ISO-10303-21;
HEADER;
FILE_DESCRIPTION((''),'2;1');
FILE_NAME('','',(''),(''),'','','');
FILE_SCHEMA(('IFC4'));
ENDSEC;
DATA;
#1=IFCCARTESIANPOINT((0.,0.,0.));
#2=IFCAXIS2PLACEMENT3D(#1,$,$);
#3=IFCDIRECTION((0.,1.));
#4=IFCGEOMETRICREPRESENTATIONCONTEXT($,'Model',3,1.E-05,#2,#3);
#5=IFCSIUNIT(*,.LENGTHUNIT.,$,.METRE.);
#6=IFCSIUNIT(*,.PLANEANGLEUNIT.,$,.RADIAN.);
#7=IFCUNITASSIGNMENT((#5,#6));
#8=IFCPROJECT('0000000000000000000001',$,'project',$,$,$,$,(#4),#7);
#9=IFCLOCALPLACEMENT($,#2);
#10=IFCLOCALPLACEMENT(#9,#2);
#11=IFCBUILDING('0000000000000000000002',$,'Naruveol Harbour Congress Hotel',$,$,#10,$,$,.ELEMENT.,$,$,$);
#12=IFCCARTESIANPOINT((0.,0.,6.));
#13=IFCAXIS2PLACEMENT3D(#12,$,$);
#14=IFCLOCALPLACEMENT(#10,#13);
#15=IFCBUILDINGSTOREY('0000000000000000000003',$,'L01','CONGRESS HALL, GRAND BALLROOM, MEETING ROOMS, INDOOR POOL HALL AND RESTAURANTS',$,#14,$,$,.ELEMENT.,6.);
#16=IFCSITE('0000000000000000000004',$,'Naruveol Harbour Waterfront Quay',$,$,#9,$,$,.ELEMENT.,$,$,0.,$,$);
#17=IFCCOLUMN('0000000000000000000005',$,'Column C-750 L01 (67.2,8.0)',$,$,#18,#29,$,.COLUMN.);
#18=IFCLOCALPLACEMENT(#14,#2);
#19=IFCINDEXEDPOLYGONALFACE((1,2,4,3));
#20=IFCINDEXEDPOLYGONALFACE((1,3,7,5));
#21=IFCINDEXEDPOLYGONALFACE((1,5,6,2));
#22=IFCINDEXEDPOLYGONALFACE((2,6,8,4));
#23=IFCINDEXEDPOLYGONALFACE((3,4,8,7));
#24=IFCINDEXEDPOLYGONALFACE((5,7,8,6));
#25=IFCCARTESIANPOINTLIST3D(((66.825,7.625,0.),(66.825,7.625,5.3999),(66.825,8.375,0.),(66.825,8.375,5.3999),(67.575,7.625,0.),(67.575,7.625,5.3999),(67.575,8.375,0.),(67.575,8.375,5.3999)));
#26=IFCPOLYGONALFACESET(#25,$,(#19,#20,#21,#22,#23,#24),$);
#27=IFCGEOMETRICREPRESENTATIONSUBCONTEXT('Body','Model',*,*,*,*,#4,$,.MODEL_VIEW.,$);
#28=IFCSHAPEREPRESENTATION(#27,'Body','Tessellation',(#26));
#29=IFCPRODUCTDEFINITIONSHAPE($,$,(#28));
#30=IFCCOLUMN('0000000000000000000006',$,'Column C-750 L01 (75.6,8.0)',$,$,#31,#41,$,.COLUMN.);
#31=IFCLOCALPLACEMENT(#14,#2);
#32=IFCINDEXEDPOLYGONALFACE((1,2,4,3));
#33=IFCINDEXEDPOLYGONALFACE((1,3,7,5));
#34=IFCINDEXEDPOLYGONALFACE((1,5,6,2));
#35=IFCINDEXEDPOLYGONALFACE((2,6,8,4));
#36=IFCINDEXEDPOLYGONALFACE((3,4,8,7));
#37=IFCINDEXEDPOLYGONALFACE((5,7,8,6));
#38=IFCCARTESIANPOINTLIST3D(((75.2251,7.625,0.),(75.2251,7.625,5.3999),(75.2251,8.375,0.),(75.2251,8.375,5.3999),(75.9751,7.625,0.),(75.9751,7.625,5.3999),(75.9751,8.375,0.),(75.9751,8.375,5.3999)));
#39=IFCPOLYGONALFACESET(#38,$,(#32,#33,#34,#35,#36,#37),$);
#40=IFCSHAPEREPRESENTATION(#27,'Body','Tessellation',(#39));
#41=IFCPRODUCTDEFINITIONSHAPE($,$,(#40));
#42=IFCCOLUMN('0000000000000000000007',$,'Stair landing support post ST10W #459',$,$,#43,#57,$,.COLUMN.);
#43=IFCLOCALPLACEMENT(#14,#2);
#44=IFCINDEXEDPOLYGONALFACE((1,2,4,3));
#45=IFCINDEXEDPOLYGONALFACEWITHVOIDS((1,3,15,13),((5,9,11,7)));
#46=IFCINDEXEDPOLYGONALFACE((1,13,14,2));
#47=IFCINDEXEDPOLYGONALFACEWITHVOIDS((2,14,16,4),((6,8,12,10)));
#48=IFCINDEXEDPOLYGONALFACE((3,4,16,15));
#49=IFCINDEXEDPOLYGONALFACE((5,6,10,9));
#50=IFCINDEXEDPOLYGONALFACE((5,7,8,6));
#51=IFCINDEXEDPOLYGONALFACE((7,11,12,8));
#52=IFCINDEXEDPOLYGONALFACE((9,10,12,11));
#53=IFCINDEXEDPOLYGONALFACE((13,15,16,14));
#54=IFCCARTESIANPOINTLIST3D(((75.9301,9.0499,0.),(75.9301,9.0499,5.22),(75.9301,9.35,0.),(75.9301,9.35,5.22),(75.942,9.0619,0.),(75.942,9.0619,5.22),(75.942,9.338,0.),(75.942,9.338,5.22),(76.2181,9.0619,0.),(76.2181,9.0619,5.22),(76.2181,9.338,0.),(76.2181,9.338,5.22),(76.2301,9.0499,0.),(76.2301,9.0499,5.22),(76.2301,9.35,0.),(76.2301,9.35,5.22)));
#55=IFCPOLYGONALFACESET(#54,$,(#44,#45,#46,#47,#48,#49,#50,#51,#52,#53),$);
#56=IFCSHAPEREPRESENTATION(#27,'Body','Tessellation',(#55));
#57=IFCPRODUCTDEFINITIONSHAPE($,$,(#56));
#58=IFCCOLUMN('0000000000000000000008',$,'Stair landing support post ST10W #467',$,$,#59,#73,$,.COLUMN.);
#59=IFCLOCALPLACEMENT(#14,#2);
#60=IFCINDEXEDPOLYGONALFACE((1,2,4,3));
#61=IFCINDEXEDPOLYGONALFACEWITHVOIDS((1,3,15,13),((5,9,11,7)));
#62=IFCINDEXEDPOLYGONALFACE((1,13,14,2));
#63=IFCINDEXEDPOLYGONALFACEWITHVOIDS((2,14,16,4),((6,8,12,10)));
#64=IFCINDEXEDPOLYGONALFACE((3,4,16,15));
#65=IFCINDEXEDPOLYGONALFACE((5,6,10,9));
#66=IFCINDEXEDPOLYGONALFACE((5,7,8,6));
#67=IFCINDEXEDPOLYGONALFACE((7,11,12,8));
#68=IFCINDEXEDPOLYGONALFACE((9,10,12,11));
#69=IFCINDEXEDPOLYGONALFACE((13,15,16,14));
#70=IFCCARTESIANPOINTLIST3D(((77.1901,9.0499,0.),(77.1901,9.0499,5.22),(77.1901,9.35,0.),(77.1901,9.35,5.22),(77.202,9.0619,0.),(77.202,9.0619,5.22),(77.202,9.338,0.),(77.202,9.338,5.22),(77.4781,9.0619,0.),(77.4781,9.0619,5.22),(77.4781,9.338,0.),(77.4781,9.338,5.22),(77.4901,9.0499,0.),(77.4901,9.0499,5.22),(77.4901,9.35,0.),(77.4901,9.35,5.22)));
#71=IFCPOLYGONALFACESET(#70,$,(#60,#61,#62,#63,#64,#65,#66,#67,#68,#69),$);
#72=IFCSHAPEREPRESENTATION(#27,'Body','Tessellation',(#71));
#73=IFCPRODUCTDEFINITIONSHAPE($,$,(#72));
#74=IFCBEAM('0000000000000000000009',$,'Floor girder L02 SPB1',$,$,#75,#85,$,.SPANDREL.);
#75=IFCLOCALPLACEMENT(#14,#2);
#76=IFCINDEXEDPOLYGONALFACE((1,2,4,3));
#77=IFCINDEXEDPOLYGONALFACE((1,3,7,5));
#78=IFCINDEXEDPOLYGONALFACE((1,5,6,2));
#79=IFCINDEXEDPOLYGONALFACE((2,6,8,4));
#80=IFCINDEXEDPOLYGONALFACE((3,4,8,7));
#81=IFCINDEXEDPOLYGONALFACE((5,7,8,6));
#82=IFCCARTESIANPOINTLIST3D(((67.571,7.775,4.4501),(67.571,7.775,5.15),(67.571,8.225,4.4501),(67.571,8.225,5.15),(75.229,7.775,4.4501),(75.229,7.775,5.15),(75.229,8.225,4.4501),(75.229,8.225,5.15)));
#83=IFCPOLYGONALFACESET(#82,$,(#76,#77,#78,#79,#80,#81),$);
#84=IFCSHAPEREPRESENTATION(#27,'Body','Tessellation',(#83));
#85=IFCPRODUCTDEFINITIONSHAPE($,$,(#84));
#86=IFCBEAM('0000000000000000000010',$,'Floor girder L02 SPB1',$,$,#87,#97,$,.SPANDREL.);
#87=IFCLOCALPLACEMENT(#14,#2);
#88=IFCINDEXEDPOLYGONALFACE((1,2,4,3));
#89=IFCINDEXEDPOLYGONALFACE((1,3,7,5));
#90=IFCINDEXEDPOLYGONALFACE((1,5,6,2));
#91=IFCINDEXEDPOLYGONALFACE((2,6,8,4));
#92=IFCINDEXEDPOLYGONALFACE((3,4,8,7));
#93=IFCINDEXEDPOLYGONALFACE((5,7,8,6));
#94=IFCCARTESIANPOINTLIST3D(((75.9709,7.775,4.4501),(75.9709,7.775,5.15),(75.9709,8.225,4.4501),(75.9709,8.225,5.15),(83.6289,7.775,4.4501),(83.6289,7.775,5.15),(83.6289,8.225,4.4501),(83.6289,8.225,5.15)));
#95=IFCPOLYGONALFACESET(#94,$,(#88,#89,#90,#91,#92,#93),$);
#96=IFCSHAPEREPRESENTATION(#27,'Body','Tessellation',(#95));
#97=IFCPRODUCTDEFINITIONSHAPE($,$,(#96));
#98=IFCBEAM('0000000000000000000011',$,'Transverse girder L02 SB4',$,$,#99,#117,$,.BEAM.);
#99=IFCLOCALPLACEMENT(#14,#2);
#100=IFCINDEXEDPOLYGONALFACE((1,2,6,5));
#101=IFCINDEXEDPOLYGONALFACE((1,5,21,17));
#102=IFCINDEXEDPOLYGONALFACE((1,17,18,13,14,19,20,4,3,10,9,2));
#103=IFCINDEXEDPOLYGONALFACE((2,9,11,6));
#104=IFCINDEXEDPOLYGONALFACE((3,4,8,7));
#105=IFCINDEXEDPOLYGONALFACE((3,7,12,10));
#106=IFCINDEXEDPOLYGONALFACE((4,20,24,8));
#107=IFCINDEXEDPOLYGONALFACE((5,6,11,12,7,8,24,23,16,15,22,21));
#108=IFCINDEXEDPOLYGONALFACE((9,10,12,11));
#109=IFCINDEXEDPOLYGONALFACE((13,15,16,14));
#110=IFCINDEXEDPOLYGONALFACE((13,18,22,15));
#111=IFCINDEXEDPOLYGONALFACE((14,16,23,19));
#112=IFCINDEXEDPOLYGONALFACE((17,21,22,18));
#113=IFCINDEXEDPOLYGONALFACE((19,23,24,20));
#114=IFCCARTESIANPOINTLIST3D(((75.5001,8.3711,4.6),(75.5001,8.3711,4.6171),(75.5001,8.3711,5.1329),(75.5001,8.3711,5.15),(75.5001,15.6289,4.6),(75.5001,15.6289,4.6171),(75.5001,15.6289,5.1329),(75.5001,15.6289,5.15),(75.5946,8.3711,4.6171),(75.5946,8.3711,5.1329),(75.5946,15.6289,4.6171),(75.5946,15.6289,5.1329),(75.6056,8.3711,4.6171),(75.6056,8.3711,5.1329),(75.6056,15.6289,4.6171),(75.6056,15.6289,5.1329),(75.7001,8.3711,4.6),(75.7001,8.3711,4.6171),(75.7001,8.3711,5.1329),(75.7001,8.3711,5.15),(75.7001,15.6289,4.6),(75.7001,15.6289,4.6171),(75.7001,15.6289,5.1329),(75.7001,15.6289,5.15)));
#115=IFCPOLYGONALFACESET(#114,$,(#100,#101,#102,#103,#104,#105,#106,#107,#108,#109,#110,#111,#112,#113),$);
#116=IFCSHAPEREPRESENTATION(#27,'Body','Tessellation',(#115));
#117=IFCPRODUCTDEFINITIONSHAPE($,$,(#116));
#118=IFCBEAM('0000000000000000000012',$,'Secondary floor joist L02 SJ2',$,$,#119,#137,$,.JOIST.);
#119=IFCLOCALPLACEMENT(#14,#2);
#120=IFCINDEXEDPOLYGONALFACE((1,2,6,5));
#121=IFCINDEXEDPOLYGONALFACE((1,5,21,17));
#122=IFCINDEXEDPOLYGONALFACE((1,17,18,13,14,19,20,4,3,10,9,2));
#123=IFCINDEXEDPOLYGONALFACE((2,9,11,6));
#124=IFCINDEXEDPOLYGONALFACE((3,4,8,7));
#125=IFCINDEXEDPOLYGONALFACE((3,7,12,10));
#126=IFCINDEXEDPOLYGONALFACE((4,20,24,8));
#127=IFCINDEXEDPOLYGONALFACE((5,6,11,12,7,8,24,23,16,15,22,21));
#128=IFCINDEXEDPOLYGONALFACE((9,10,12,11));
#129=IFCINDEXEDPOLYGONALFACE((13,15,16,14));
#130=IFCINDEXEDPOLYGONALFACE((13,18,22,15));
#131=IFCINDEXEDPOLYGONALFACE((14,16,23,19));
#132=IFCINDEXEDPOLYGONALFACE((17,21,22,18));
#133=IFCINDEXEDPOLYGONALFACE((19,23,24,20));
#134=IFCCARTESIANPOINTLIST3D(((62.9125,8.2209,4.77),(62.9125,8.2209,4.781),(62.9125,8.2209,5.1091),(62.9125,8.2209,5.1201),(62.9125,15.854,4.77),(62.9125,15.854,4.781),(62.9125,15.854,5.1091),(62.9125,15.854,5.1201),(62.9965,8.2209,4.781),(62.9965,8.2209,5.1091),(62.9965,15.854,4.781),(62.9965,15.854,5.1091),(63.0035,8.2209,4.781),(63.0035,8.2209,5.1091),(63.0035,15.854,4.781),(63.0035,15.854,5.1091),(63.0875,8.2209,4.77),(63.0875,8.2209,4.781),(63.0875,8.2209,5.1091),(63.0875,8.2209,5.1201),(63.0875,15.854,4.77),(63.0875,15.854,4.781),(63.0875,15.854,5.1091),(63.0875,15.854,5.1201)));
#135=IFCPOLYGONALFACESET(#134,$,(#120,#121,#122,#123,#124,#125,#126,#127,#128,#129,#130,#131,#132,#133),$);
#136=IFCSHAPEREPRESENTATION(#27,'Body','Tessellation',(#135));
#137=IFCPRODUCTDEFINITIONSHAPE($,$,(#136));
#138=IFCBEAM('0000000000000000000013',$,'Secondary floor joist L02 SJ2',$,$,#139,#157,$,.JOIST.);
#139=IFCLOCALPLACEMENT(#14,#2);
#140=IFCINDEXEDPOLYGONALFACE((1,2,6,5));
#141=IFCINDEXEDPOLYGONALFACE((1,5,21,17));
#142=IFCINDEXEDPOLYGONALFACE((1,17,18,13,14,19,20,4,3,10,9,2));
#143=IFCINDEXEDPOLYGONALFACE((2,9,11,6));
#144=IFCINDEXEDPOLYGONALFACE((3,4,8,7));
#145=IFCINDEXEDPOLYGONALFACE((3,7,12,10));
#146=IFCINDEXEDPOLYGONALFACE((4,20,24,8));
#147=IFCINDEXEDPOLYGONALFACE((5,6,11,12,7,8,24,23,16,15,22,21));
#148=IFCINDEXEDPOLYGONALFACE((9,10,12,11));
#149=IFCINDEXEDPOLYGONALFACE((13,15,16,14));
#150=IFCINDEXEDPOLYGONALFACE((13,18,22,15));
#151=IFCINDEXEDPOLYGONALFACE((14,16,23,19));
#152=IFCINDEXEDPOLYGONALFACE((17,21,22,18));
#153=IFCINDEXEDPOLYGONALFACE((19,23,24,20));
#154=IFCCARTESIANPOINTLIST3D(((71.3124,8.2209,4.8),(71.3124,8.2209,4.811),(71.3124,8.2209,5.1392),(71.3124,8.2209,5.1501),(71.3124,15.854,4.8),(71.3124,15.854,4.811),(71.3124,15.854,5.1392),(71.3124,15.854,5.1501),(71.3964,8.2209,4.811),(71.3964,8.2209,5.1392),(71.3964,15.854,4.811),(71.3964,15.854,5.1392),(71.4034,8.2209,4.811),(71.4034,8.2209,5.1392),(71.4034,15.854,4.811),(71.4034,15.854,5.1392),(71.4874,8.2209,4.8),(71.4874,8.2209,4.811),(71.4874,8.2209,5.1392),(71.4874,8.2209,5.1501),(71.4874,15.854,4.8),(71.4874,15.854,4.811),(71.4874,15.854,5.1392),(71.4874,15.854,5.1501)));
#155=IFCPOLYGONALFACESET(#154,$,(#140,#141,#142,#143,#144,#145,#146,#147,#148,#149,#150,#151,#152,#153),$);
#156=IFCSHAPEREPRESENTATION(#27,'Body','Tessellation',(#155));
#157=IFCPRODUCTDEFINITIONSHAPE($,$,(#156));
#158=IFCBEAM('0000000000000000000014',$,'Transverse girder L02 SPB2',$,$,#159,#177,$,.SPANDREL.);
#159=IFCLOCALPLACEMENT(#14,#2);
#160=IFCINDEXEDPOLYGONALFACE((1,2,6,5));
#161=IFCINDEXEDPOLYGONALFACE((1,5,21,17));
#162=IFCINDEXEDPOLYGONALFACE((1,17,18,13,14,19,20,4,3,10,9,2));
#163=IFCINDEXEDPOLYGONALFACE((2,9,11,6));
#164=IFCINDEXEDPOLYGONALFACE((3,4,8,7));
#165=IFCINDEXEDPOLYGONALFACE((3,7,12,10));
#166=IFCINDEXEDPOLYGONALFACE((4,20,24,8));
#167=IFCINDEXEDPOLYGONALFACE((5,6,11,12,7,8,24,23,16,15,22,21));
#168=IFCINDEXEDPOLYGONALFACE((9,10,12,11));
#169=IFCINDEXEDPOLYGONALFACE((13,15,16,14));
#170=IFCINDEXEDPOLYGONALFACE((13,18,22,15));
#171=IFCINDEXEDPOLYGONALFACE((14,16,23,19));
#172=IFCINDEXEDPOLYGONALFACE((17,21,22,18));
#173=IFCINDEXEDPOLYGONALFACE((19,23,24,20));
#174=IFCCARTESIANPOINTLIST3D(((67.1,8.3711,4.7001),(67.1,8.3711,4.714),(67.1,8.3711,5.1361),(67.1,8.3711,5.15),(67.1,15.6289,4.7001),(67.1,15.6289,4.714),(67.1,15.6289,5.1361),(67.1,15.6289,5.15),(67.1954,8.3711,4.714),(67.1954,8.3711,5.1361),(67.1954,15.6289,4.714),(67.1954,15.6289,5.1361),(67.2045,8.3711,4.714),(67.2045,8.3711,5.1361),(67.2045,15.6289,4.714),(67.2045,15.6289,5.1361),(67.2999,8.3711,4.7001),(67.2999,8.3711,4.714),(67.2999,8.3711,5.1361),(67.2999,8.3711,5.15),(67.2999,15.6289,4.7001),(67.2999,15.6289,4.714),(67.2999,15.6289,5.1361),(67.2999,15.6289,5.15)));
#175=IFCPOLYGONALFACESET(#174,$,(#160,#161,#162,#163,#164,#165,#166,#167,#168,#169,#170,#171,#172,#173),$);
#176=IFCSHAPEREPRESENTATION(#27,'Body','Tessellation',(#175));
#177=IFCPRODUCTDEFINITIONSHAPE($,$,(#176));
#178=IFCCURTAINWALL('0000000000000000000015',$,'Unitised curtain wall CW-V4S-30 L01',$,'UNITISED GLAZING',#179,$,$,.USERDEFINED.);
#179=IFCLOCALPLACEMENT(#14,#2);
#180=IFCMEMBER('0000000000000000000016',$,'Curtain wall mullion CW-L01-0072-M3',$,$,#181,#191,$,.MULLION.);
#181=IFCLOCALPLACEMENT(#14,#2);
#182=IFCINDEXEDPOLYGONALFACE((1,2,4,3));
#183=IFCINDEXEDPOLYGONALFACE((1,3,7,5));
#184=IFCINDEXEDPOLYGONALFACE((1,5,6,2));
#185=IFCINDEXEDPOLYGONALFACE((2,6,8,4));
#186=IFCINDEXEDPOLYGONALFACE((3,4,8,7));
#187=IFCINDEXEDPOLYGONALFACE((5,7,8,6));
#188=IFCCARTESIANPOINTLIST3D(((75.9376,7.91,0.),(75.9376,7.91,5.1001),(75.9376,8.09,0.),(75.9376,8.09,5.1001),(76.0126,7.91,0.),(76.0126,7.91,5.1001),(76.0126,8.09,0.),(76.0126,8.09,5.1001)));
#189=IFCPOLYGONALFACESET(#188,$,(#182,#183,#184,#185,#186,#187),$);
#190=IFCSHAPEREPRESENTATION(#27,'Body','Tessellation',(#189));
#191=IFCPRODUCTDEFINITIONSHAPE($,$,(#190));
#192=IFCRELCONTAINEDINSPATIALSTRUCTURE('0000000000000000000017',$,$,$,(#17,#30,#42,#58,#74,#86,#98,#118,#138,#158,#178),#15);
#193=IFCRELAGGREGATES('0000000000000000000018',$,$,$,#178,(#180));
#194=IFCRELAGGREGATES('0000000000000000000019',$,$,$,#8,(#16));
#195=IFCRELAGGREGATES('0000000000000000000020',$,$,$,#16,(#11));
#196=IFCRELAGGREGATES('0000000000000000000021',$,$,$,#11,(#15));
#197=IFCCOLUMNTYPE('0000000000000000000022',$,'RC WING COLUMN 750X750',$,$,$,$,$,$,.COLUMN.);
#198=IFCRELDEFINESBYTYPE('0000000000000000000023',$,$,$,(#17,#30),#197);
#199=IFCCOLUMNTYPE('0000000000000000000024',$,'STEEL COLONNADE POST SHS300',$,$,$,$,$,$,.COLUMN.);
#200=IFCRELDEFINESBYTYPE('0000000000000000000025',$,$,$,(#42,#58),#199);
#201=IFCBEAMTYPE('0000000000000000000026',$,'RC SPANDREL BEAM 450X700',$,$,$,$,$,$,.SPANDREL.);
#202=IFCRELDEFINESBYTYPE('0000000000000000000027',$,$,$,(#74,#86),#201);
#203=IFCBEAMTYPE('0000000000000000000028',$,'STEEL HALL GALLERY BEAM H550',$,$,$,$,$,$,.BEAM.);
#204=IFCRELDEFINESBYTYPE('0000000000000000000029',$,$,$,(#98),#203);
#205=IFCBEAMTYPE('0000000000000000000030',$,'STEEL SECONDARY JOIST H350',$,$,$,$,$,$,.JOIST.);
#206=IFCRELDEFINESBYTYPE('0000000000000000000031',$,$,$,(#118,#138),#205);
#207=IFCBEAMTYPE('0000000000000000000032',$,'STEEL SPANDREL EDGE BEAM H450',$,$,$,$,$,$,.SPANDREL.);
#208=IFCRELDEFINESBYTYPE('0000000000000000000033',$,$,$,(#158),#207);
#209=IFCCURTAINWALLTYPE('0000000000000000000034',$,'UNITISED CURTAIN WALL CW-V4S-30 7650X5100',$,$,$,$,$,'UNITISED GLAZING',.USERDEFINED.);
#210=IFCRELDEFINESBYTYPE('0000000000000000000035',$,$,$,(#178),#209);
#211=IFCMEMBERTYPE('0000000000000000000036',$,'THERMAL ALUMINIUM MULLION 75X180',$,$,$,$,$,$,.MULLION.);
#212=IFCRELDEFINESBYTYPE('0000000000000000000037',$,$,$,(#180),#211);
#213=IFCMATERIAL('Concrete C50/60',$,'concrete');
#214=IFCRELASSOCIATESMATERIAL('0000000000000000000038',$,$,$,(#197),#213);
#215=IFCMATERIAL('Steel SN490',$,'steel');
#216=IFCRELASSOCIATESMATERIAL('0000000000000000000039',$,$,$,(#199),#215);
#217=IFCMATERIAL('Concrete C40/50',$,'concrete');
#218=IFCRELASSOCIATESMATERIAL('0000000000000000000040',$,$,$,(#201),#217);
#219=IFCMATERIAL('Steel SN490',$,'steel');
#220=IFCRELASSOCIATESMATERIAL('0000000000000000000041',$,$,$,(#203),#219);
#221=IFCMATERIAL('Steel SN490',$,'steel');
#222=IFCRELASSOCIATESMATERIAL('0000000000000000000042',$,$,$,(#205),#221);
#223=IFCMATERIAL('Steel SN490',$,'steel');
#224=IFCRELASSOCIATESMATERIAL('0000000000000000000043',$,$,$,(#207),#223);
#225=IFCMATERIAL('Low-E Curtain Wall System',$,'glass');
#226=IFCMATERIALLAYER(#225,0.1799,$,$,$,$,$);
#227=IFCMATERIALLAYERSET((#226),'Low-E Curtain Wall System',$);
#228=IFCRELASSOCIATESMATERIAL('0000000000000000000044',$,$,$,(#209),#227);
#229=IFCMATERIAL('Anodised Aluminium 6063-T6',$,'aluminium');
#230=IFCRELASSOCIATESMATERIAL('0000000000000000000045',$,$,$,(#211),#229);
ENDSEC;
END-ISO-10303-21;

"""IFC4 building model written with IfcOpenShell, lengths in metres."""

from ifc_helpers import new_model, si_unit, direction, frame, origin, origin_2d, place, context, subcontext, project, spatial, rectangle, hollow_rectangle, i_section, extrude, material, layer, layer_set, material_profile, profile_set, type_object, element, aggregate, save


model = new_model("IFC4")

# Units and contexts
model_context = context("Model", 3, precision=1e-05, world=origin(), true_north=direction((0.0, 1.0)))
body_context = subcontext(model_context, "Body", "Model", "MODEL_VIEW")
ifc_project = project(units=[si_unit("LENGTHUNIT", "METRE"), si_unit("PLANEANGLEUNIT", "RADIAN")], contexts=[model_context])

# Site, building, storey
site_placement = place(None, origin())
site = spatial("IfcSite", under=ifc_project, at=site_placement, Name="Naruveol Harbour Waterfront Quay", CompositionType="ELEMENT", RefElevation=0.0)
building_placement = place(site_placement, origin())
building = spatial("IfcBuilding", under=site, at=building_placement, Name="Naruveol Harbour Congress Hotel", CompositionType="ELEMENT")
storey_placement = place(building_placement, frame((0.0, 0.0, 6.0)))
storey = spatial("IfcBuildingStorey", under=building, at=storey_placement, Name="L01", Description="CONGRESS HALL, GRAND BALLROOM, MEETING ROOMS, INDOOR POOL HALL AND RESTAURANTS", CompositionType="ELEMENT", Elevation=6.0)

# Columns
ifc_material_1 = material(Name="Concrete C50/60", Category="concrete")
ifc_material_profile_1 = material_profile(ifc_material_1, rectangle(XDim=0.75, YDim=0.75, at=origin_2d()), Name="RC-750x750")
ifc_profile_set_1 = profile_set([ifc_material_profile_1], Name="Concrete C50/60")
column_type_1 = type_object("IfcColumnType", Name="RC WING COLUMN 750X750", PredefinedType="COLUMN", material=ifc_profile_set_1)
for number, where, z_axis, x_axis, name in (
    (1, (67.2, 8.0, 0.0), (0.0, 0.0, 1.0), (1.0, 0.0, 0.0), "Column C-750 L01 (67.2,8.0)"),
    (2, (75.6001, 8.0, 0.0), (0.0, 0.0, 1.0), (1.0, 0.0, 0.0), "Column C-750 L01 (75.6,8.0)"),
):
    element("IfcColumn", number, at=place(storey_placement, frame(where, z_axis=z_axis, x_axis=x_axis)), inside=storey, type_object=column_type_1, Name=name, PredefinedType="COLUMN", context=body_context, shape_type="SweptSolid", body=[
        extrude(rectangle(XDim=0.75, YDim=0.75, at=origin_2d()), origin(), (0.0, 0.0, 1.0), 5.3999),
    ])
ifc_material_2 = material(Name="Steel SN490", Category="steel")
ifc_material_profile_2 = material_profile(ifc_material_2, hollow_rectangle(XDim=0.3, YDim=0.3, WallThickness=0.012, at=origin_2d()), Name="SHS-300x300x12")
ifc_profile_set_2 = profile_set([ifc_material_profile_2], Name="Steel SN490")
column_type_2 = type_object("IfcColumnType", Name="STEEL COLONNADE POST SHS300", PredefinedType="COLUMN", material=ifc_profile_set_2)
for number, where, z_axis, x_axis, name in (
    (3, (76.0801, 9.2, 0.0), (0.0, 0.0, 1.0), (1.0, 0.0, 0.0), "Stair landing support post ST10W #459"),
    (4, (77.3401, 9.2, 0.0), (0.0, 0.0, 1.0), (1.0, 0.0, 0.0), "Stair landing support post ST10W #467"),
):
    element("IfcColumn", number, at=place(storey_placement, frame(where, z_axis=z_axis, x_axis=x_axis)), inside=storey, type_object=column_type_2, Name=name, PredefinedType="COLUMN", context=body_context, shape_type="SweptSolid", body=[
        extrude(hollow_rectangle(XDim=0.3, YDim=0.3, WallThickness=0.012, at=origin_2d()), origin(), (0.0, 0.0, 1.0), 5.22),
    ])

# Beams
ifc_material_3 = material(Name="Concrete C40/50", Category="concrete")
ifc_material_profile_3 = material_profile(ifc_material_3, rectangle(XDim=0.45, YDim=0.7, at=origin_2d()), Name="RCB-450x700")
ifc_profile_set_3 = profile_set([ifc_material_profile_3], Name="Concrete C40/50")
beam_type_1 = type_object("IfcBeamType", Name="RC SPANDREL BEAM 450X700", PredefinedType="SPANDREL", material=ifc_profile_set_3)
for number, where, z_axis, x_axis, name in (
    (5, (67.571, 8.0, 4.8), (1.0, 0.0, 0.0), (0.0, 1.0, 0.0), "Floor girder L02 SPB1"),
    (6, (75.9709, 8.0, 4.8), (1.0, 0.0, 0.0), (0.0, 1.0, 0.0), "Floor girder L02 SPB1"),
):
    element("IfcBeam", number, at=place(storey_placement, frame(where, z_axis=z_axis, x_axis=x_axis)), inside=storey, type_object=beam_type_1, Name=name, PredefinedType="SPANDREL", context=body_context, shape_type="SweptSolid", body=[
        extrude(rectangle(XDim=0.45, YDim=0.7, at=origin_2d()), origin(), (0.0, 0.0, 1.0), 7.658),
    ])
ifc_material_4 = material(Name="Steel SN490", Category="steel")
ifc_material_profile_4 = material_profile(ifc_material_4, i_section(OverallWidth=0.2, OverallDepth=0.55, WebThickness=0.011, FlangeThickness=0.0171, at=origin_2d()), Name="H-550x200x11x17")
ifc_profile_set_4 = profile_set([ifc_material_profile_4], Name="Steel SN490")
beam_type_2 = type_object("IfcBeamType", Name="STEEL HALL GALLERY BEAM H550", PredefinedType="BEAM", material=ifc_profile_set_4)
beam_1_placement = place(storey_placement, frame((75.6001, 8.3711, 4.875), z_axis=(0.0, 1.0, 0.0), x_axis=(-1.0, 0.0, 0.0)))
element("IfcBeam", 7, at=beam_1_placement, inside=storey, type_object=beam_type_2, Name="Transverse girder L02 SB4", PredefinedType="BEAM", context=body_context, shape_type="SweptSolid", body=[
    extrude(i_section(OverallWidth=0.2, OverallDepth=0.55, WebThickness=0.011, FlangeThickness=0.0171, at=origin_2d()), origin(), (0.0, 0.0, 1.0), 7.2578),
])
ifc_material_5 = material(Name="Steel SN490", Category="steel")
ifc_material_profile_5 = material_profile(ifc_material_5, i_section(OverallWidth=0.175, OverallDepth=0.3501, WebThickness=0.0071, FlangeThickness=0.011, at=origin_2d()), Name="H-350x175x7x11")
ifc_profile_set_5 = profile_set([ifc_material_profile_5], Name="Steel SN490")
beam_type_3 = type_object("IfcBeamType", Name="STEEL SECONDARY JOIST H350", PredefinedType="JOIST", material=ifc_profile_set_5)
for number, where, z_axis, x_axis, name in (
    (8, (63.0, 8.2209, 4.9451), (0.0, 1.0, 0.0), (-1.0, 0.0, 0.0), "Secondary floor joist L02 SJ2"),
    (9, (71.3999, 8.2209, 4.9751), (0.0, 1.0, 0.0), (-1.0, 0.0, 0.0), "Secondary floor joist L02 SJ2"),
):
    element("IfcBeam", number, at=place(storey_placement, frame(where, z_axis=z_axis, x_axis=x_axis)), inside=storey, type_object=beam_type_3, Name=name, PredefinedType="JOIST", context=body_context, shape_type="SweptSolid", body=[
        extrude(i_section(OverallWidth=0.175, OverallDepth=0.3501, WebThickness=0.0071, FlangeThickness=0.011, at=origin_2d()), origin(), (0.0, 0.0, 1.0), 7.6331),
    ])
ifc_material_6 = material(Name="Steel SN490", Category="steel")
ifc_material_profile_6 = material_profile(ifc_material_6, i_section(OverallWidth=0.2, OverallDepth=0.45, WebThickness=0.009, FlangeThickness=0.0139, at=origin_2d()), Name="H-450x200x9x14")
ifc_profile_set_6 = profile_set([ifc_material_profile_6], Name="Steel SN490")
beam_type_4 = type_object("IfcBeamType", Name="STEEL SPANDREL EDGE BEAM H450", PredefinedType="SPANDREL", material=ifc_profile_set_6)
beam_2_placement = place(storey_placement, frame((67.2, 8.3711, 4.925), z_axis=(0.0, 1.0, 0.0), x_axis=(-1.0, 0.0, 0.0)))
element("IfcBeam", 10, at=beam_2_placement, inside=storey, type_object=beam_type_4, Name="Transverse girder L02 SPB2", PredefinedType="SPANDREL", context=body_context, shape_type="SweptSolid", body=[
    extrude(i_section(OverallWidth=0.2, OverallDepth=0.45, WebThickness=0.009, FlangeThickness=0.0139, at=origin_2d()), origin(), (0.0, 0.0, 1.0), 7.2578),
])

# Curtain wall, member
ifc_material_7 = material(Name="Low-E Curtain Wall System", Category="glass")
ifc_layer_1 = layer(ifc_material_7, 0.1799)
ifc_layer_set_1 = layer_set([ifc_layer_1], Name="Low-E Curtain Wall System")
curtain_wall_type = type_object("IfcCurtainWallType", Name="UNITISED CURTAIN WALL CW-V4S-30 7650X5100", ElementType="UNITISED GLAZING", PredefinedType="USERDEFINED", material=ifc_layer_set_1)
curtain_wall_1_placement = place(storey_placement, origin())
curtain_wall_1 = element("IfcCurtainWall", 11, at=curtain_wall_1_placement, inside=storey, type_object=curtain_wall_type, Name="Unitised curtain wall CW-V4S-30 L01", ObjectType="UNITISED GLAZING", PredefinedType="USERDEFINED")
ifc_material_8 = material(Name="Anodised Aluminium 6063-T6", Category="aluminium")
ifc_material_profile_7 = material_profile(ifc_material_8, rectangle(XDim=0.075, YDim=0.1799, at=origin_2d()), Name="ALU-75x180")
ifc_profile_set_7 = profile_set([ifc_material_profile_7], Name="Anodised Aluminium 6063-T6")
member_type_1 = type_object("IfcMemberType", Name="THERMAL ALUMINIUM MULLION 75X180", PredefinedType="MULLION", material=ifc_profile_set_7)
member_1_placement = place(storey_placement, frame((75.9751, 8.0, 0.0), z_axis=(0.0, 0.0, 1.0), x_axis=(1.0, 0.0, 0.0)))
member_1 = element("IfcMember", 12, at=member_1_placement, type_object=member_type_1, Name="Curtain wall mullion CW-L01-0072-M3", PredefinedType="MULLION", context=body_context, shape_type="SweptSolid", body=[
    extrude(rectangle(XDim=0.075, YDim=0.1799, at=origin_2d()), origin(), (0.0, 0.0, 1.0), 5.1001),
])

aggregate(curtain_wall_1, [member_1])

save(model, "model.ifc")
